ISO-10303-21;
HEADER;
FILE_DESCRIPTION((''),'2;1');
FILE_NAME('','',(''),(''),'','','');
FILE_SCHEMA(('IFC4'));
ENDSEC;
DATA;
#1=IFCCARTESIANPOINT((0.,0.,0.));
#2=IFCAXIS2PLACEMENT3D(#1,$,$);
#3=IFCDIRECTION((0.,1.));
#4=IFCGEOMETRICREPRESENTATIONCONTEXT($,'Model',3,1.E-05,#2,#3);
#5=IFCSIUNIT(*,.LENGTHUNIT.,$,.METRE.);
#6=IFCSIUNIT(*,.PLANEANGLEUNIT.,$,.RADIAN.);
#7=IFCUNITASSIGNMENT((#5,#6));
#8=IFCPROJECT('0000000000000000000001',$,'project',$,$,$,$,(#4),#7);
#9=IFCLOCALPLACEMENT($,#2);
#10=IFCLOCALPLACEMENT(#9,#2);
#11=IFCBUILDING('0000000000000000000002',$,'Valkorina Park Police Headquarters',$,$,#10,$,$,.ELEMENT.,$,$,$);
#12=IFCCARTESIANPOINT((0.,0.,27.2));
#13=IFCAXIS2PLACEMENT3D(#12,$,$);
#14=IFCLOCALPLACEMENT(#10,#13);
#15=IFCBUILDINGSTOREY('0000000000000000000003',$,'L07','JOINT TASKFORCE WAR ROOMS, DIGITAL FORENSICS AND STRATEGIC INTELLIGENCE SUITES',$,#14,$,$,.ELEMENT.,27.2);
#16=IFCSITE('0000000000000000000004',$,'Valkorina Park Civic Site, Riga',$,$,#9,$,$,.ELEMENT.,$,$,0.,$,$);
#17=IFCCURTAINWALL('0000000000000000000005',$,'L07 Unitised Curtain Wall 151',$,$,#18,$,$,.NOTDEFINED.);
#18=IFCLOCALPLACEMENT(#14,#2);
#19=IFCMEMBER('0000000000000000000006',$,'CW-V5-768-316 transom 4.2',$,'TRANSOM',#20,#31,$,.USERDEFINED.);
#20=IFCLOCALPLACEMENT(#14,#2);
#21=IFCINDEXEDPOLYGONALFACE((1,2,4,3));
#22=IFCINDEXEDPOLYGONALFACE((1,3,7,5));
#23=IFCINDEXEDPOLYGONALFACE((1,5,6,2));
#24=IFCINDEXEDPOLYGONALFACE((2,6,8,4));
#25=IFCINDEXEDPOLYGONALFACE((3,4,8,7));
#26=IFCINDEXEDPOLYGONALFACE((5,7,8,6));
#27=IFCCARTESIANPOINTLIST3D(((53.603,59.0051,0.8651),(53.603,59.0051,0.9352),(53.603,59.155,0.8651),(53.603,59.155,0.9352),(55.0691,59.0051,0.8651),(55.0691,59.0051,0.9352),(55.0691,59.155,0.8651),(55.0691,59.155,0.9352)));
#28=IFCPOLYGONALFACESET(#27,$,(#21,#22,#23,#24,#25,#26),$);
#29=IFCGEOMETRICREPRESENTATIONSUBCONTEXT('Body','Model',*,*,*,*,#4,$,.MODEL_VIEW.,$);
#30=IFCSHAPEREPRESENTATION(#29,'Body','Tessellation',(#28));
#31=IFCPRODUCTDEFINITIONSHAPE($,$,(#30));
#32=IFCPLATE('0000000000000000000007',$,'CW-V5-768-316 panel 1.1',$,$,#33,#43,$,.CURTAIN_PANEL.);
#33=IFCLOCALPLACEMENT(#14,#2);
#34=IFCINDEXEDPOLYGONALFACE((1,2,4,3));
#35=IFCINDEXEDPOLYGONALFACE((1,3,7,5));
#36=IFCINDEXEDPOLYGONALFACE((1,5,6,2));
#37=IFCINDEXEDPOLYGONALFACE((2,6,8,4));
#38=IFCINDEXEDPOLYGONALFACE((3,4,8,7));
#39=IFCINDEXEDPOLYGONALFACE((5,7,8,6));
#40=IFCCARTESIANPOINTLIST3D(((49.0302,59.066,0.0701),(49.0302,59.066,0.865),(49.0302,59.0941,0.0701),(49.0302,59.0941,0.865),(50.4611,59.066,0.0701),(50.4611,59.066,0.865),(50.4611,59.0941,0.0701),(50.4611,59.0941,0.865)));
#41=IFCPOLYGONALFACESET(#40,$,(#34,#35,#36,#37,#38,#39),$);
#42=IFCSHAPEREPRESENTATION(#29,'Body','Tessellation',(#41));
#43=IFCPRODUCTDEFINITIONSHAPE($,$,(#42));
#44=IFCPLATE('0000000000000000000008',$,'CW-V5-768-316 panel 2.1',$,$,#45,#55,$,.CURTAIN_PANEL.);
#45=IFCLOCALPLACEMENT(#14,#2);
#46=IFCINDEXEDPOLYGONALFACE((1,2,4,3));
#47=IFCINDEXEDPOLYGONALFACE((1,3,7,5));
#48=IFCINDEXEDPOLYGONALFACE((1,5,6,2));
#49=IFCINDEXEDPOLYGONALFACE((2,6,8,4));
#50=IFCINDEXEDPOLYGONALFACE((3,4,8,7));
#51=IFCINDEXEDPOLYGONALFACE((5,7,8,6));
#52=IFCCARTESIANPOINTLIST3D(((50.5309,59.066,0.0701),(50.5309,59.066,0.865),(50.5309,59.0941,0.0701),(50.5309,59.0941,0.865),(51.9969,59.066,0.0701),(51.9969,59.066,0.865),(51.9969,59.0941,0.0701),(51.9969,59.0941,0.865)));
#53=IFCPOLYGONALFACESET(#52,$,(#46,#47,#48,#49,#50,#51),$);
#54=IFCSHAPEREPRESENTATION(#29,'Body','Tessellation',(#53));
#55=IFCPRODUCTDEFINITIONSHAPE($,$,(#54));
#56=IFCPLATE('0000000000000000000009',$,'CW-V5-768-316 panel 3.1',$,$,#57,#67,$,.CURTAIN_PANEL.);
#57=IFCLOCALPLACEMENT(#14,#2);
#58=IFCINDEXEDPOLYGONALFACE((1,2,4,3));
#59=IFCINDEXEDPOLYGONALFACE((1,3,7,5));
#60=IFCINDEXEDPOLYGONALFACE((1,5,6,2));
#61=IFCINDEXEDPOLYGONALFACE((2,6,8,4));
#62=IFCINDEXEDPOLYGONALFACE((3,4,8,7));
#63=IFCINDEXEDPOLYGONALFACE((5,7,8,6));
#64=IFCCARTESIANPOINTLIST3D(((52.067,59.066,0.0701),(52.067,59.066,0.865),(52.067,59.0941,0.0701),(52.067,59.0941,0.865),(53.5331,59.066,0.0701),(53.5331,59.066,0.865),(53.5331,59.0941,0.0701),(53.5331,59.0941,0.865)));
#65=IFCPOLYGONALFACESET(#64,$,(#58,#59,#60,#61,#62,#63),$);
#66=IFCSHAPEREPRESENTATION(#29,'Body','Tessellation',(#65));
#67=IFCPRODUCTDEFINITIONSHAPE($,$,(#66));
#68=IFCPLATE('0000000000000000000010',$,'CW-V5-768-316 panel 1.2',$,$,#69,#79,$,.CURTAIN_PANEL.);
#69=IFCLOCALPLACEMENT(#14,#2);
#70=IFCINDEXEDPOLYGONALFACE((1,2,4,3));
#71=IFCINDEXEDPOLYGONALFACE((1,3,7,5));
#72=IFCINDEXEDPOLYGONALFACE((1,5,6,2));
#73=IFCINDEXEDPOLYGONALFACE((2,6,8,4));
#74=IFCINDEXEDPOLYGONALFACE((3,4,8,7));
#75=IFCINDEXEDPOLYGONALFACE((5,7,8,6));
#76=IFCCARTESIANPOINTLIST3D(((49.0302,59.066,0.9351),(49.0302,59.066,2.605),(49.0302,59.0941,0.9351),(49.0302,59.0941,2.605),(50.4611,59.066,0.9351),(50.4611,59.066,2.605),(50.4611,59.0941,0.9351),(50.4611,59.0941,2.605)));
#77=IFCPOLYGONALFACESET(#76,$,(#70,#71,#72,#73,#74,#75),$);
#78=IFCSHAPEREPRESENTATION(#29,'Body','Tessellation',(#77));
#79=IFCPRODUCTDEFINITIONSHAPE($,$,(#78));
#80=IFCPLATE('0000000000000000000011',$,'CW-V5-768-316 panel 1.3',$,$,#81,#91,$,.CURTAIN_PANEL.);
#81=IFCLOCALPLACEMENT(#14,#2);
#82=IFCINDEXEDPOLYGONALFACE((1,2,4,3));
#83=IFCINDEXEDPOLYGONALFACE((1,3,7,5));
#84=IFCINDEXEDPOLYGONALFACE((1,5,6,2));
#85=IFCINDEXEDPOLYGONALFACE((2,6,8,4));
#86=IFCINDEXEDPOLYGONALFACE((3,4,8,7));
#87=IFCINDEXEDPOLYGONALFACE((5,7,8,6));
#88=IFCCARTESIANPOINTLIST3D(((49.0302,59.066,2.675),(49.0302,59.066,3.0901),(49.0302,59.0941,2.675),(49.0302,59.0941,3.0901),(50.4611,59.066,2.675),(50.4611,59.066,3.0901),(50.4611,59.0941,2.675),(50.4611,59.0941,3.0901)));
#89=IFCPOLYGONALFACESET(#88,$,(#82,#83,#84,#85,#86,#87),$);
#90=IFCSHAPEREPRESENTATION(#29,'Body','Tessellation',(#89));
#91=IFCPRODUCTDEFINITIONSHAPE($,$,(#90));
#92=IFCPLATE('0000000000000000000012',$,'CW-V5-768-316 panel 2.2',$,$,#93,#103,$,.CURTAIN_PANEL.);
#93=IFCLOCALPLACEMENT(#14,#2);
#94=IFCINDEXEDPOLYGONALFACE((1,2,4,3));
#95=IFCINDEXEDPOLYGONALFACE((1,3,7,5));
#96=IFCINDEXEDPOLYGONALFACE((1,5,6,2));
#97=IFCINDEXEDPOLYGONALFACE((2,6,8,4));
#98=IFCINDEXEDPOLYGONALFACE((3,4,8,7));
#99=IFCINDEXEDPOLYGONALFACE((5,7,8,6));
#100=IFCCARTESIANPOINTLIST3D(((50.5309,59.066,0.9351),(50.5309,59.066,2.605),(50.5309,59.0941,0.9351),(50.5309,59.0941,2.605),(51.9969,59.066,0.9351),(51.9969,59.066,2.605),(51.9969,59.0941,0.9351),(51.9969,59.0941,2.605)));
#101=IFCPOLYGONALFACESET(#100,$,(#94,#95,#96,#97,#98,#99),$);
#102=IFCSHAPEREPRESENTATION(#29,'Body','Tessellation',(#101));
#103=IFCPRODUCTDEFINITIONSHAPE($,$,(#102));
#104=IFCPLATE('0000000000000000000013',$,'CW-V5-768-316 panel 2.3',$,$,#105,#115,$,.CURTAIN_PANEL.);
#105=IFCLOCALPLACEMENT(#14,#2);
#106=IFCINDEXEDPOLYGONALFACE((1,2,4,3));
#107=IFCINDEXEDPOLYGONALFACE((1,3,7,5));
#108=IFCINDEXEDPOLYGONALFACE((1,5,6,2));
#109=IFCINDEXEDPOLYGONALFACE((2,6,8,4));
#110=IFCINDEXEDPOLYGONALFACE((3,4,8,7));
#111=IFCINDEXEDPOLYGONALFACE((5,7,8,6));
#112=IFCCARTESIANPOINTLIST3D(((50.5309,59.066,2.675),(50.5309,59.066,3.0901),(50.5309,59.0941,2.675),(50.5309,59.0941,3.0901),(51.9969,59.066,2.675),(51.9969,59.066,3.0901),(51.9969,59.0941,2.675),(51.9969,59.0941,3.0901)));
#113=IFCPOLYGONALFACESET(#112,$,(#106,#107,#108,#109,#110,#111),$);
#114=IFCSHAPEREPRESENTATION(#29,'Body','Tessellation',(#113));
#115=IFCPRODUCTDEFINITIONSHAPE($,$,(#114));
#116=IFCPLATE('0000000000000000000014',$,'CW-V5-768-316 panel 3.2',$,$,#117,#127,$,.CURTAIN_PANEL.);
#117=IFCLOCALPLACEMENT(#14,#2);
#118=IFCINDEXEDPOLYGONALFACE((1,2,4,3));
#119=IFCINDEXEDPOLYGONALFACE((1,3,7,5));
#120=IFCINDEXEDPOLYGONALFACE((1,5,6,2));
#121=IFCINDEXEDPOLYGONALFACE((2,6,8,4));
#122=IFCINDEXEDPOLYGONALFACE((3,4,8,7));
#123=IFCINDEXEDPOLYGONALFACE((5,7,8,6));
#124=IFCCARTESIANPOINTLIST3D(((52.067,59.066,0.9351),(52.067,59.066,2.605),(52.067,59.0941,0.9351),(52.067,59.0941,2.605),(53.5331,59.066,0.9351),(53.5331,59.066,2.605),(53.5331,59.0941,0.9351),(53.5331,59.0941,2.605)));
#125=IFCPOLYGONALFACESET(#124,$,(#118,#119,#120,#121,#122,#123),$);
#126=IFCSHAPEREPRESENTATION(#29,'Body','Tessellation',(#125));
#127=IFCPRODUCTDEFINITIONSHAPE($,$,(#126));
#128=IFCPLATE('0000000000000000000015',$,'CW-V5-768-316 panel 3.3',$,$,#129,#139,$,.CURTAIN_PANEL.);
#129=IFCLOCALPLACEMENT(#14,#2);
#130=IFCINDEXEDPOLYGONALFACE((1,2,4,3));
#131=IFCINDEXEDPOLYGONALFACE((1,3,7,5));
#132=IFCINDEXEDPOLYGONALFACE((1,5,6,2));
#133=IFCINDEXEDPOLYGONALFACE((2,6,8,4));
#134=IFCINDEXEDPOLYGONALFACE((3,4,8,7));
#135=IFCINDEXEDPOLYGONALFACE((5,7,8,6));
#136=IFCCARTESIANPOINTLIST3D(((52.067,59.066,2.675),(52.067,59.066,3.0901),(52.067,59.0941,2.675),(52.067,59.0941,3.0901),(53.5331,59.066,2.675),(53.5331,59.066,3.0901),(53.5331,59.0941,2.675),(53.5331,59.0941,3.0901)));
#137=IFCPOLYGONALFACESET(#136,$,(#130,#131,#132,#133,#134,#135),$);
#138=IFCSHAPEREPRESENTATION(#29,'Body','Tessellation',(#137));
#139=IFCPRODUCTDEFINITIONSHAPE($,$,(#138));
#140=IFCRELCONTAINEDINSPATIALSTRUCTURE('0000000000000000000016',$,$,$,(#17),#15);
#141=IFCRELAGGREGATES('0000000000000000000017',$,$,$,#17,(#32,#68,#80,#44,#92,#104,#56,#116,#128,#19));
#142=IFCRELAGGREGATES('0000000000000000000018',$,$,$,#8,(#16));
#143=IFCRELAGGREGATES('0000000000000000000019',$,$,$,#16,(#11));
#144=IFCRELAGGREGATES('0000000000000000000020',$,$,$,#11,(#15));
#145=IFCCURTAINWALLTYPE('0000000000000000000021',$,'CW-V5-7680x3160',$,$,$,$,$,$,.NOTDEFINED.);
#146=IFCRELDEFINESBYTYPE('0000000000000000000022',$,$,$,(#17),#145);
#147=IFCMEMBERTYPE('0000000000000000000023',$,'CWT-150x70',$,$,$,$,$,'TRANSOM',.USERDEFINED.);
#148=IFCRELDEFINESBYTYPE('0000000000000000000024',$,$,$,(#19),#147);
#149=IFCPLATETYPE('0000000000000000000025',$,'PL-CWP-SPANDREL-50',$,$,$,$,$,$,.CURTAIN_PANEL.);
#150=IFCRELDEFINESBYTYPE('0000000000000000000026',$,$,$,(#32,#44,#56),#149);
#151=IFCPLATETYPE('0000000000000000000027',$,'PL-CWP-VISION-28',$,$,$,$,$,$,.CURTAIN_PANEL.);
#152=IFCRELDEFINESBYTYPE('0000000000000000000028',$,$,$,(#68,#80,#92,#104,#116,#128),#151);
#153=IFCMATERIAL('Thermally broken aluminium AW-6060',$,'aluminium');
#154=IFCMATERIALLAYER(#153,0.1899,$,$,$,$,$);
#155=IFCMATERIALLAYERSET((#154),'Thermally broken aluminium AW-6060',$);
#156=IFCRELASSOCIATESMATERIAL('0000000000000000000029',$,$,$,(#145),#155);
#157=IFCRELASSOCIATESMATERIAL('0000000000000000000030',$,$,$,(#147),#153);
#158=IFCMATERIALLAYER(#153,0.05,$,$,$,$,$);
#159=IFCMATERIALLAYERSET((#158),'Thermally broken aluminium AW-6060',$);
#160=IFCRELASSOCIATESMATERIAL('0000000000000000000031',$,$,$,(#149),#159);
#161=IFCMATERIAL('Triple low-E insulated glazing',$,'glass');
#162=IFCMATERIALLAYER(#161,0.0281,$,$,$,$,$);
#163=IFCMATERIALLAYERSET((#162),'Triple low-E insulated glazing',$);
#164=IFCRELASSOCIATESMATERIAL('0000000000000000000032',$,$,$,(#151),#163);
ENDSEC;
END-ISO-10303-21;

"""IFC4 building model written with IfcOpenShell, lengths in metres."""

from ifc_helpers import new_model, si_unit, direction, frame, origin, origin_2d, place, context, subcontext, project, spatial, rectangle, extrude, material, layer, layer_set, material_profile, profile_set, type_object, element, aggregate, save


model = new_model("IFC4")

# Units and contexts
model_context = context("Model", 3, precision=1e-05, world=origin(), true_north=direction((0.0, 1.0)))
body_context = subcontext(model_context, "Body", "Model", "MODEL_VIEW")
ifc_project = project(units=[si_unit("LENGTHUNIT", "METRE"), si_unit("PLANEANGLEUNIT", "RADIAN")], contexts=[model_context])

# Site, building, storey
site_placement = place(None, origin())
site = spatial("IfcSite", under=ifc_project, at=site_placement, Name="Valkorina Park Civic Site, Riga", CompositionType="ELEMENT", RefElevation=0.0)
building_placement = place(site_placement, origin())
building = spatial("IfcBuilding", under=site, at=building_placement, Name="Valkorina Park Police Headquarters", CompositionType="ELEMENT")
storey_placement = place(building_placement, frame((0.0, 0.0, 27.2)))
storey = spatial("IfcBuildingStorey", under=building, at=storey_placement, Name="L07", Description="JOINT TASKFORCE WAR ROOMS, DIGITAL FORENSICS AND STRATEGIC INTELLIGENCE SUITES", CompositionType="ELEMENT", Elevation=27.2)

# Curtain wall, member, plates
ifc_material_1 = material(Name="Thermally broken aluminium AW-6060", Category="aluminium")
ifc_layer_1 = layer(ifc_material_1, 0.1899)
ifc_layer_set_1 = layer_set([ifc_layer_1], Name="Thermally broken aluminium AW-6060")
curtain_wall_type = type_object("IfcCurtainWallType", Name="CW-V5-7680x3160", PredefinedType="NOTDEFINED", material=ifc_layer_set_1)
curtain_wall_placement = place(storey_placement, origin())
curtain_wall = element("IfcCurtainWall", 1, at=curtain_wall_placement, inside=storey, type_object=curtain_wall_type, Name="L07 Unitised Curtain Wall 151", PredefinedType="NOTDEFINED")
ifc_material_profile_1 = material_profile(ifc_material_1, rectangle(XDim=0.1499, YDim=0.0701, at=origin_2d()), Name="CWT-02 150x70")
ifc_profile_set_1 = profile_set([ifc_material_profile_1], Name="Thermally broken aluminium AW-6060")
member_type_1 = type_object("IfcMemberType", Name="CWT-150x70", ElementType="TRANSOM", PredefinedType="USERDEFINED", material=ifc_profile_set_1)
member_1_placement = place(storey_placement, frame((53.603, 59.0801, 0.9001), z_axis=(1.0, 0.0, 0.0), x_axis=(0.0, 1.0, 0.0)))
member_1 = element("IfcMember", 2, at=member_1_placement, type_object=member_type_1, Name="CW-V5-768-316 transom 4.2", ObjectType="TRANSOM", PredefinedType="USERDEFINED", context=body_context, shape_type="SweptSolid", body=[
    extrude(rectangle(XDim=0.1499, YDim=0.0701, at=origin_2d()), origin(), (0.0, 0.0, 1.0), 1.4661),
])
ifc_layer_2 = layer(ifc_material_1, 0.05)
ifc_layer_set_2 = layer_set([ifc_layer_2], Name="Thermally broken aluminium AW-6060")
plate_type_1 = type_object("IfcPlateType", Name="PL-CWP-SPANDREL-50", PredefinedType="CURTAIN_PANEL", material=ifc_layer_set_2)
plate_1_placement = place(storey_placement, frame((49.7456, 59.0801, 0.0701), z_axis=(0.0, 0.0, 1.0), x_axis=(1.0, 0.0, 0.0)))
plate_1 = element("IfcPlate", 3, at=plate_1_placement, type_object=plate_type_1, Name="CW-V5-768-316 panel 1.1", PredefinedType="CURTAIN_PANEL", context=body_context, shape_type="SweptSolid", body=[
    extrude(rectangle(XDim=1.4309, YDim=0.0281, at=origin_2d()), origin(), (0.0, 0.0, 1.0), 0.7949),
])
plate_2_placement = place(storey_placement, frame((51.2639, 59.0801, 0.0701), z_axis=(0.0, 0.0, 1.0), x_axis=(1.0, 0.0, 0.0)))
plate_2 = element("IfcPlate", 4, at=plate_2_placement, type_object=plate_type_1, Name="CW-V5-768-316 panel 2.1", PredefinedType="CURTAIN_PANEL", context=body_context, shape_type="SweptSolid", body=[
    extrude(rectangle(XDim=1.4661, YDim=0.0281, at=origin_2d()), origin(), (0.0, 0.0, 1.0), 0.7949),
])
plate_3_placement = place(storey_placement, frame((52.8, 59.0801, 0.0701), z_axis=(0.0, 0.0, 1.0), x_axis=(1.0, 0.0, 0.0)))
plate_3 = element("IfcPlate", 5, at=plate_3_placement, type_object=plate_type_1, Name="CW-V5-768-316 panel 3.1", PredefinedType="CURTAIN_PANEL", context=body_context, shape_type="SweptSolid", body=[
    extrude(rectangle(XDim=1.4661, YDim=0.0281, at=origin_2d()), origin(), (0.0, 0.0, 1.0), 0.7949),
])
ifc_material_2 = material(Name="Triple low-E insulated glazing", Category="glass")
ifc_layer_3 = layer(ifc_material_2, 0.0281)
ifc_layer_set_3 = layer_set([ifc_layer_3], Name="Triple low-E insulated glazing")
plate_type_2 = type_object("IfcPlateType", Name="PL-CWP-VISION-28", PredefinedType="CURTAIN_PANEL", material=ifc_layer_set_3)
plate_4_placement = place(storey_placement, frame((49.7456, 59.0801, 0.9351), z_axis=(0.0, 0.0, 1.0), x_axis=(1.0, 0.0, 0.0)))
plate_4 = element("IfcPlate", 6, at=plate_4_placement, type_object=plate_type_2, Name="CW-V5-768-316 panel 1.2", PredefinedType="CURTAIN_PANEL", context=body_context, shape_type="SweptSolid", body=[
    extrude(rectangle(XDim=1.4309, YDim=0.0281, at=origin_2d()), origin(), (0.0, 0.0, 1.0), 1.6699),
])
plate_5_placement = place(storey_placement, frame((49.7456, 59.0801, 2.675), z_axis=(0.0, 0.0, 1.0), x_axis=(1.0, 0.0, 0.0)))
plate_5 = element("IfcPlate", 7, at=plate_5_placement, type_object=plate_type_2, Name="CW-V5-768-316 panel 1.3", PredefinedType="CURTAIN_PANEL", context=body_context, shape_type="SweptSolid", body=[
    extrude(rectangle(XDim=1.4309, YDim=0.0281, at=origin_2d()), origin(), (0.0, 0.0, 1.0), 0.415),
])
plate_6_placement = place(storey_placement, frame((51.2639, 59.0801, 0.9351), z_axis=(0.0, 0.0, 1.0), x_axis=(1.0, 0.0, 0.0)))
plate_6 = element("IfcPlate", 8, at=plate_6_placement, type_object=plate_type_2, Name="CW-V5-768-316 panel 2.2", PredefinedType="CURTAIN_PANEL", context=body_context, shape_type="SweptSolid", body=[
    extrude(rectangle(XDim=1.4661, YDim=0.0281, at=origin_2d()), origin(), (0.0, 0.0, 1.0), 1.6699),
])
plate_7_placement = place(storey_placement, frame((51.2639, 59.0801, 2.675), z_axis=(0.0, 0.0, 1.0), x_axis=(1.0, 0.0, 0.0)))
plate_7 = element("IfcPlate", 9, at=plate_7_placement, type_object=plate_type_2, Name="CW-V5-768-316 panel 2.3", PredefinedType="CURTAIN_PANEL", context=body_context, shape_type="SweptSolid", body=[
    extrude(rectangle(XDim=1.4661, YDim=0.0281, at=origin_2d()), origin(), (0.0, 0.0, 1.0), 0.415),
])
plate_8_placement = place(storey_placement, frame((52.8, 59.0801, 0.9351), z_axis=(0.0, 0.0, 1.0), x_axis=(1.0, 0.0, 0.0)))
plate_8 = element("IfcPlate", 10, at=plate_8_placement, type_object=plate_type_2, Name="CW-V5-768-316 panel 3.2", PredefinedType="CURTAIN_PANEL", context=body_context, shape_type="SweptSolid", body=[
    extrude(rectangle(XDim=1.4661, YDim=0.0281, at=origin_2d()), origin(), (0.0, 0.0, 1.0), 1.6699),
])
plate_9_placement = place(storey_placement, frame((52.8, 59.0801, 2.675), z_axis=(0.0, 0.0, 1.0), x_axis=(1.0, 0.0, 0.0)))
plate_9 = element("IfcPlate", 11, at=plate_9_placement, type_object=plate_type_2, Name="CW-V5-768-316 panel 3.3", PredefinedType="CURTAIN_PANEL", context=body_context, shape_type="SweptSolid", body=[
    extrude(rectangle(XDim=1.4661, YDim=0.0281, at=origin_2d()), origin(), (0.0, 0.0, 1.0), 0.415),
])
aggregate(curtain_wall, [plate_1, plate_4, plate_5, plate_2, plate_6, plate_7, plate_3, plate_8, plate_9, member_1])

save(model, "model.ifc")
